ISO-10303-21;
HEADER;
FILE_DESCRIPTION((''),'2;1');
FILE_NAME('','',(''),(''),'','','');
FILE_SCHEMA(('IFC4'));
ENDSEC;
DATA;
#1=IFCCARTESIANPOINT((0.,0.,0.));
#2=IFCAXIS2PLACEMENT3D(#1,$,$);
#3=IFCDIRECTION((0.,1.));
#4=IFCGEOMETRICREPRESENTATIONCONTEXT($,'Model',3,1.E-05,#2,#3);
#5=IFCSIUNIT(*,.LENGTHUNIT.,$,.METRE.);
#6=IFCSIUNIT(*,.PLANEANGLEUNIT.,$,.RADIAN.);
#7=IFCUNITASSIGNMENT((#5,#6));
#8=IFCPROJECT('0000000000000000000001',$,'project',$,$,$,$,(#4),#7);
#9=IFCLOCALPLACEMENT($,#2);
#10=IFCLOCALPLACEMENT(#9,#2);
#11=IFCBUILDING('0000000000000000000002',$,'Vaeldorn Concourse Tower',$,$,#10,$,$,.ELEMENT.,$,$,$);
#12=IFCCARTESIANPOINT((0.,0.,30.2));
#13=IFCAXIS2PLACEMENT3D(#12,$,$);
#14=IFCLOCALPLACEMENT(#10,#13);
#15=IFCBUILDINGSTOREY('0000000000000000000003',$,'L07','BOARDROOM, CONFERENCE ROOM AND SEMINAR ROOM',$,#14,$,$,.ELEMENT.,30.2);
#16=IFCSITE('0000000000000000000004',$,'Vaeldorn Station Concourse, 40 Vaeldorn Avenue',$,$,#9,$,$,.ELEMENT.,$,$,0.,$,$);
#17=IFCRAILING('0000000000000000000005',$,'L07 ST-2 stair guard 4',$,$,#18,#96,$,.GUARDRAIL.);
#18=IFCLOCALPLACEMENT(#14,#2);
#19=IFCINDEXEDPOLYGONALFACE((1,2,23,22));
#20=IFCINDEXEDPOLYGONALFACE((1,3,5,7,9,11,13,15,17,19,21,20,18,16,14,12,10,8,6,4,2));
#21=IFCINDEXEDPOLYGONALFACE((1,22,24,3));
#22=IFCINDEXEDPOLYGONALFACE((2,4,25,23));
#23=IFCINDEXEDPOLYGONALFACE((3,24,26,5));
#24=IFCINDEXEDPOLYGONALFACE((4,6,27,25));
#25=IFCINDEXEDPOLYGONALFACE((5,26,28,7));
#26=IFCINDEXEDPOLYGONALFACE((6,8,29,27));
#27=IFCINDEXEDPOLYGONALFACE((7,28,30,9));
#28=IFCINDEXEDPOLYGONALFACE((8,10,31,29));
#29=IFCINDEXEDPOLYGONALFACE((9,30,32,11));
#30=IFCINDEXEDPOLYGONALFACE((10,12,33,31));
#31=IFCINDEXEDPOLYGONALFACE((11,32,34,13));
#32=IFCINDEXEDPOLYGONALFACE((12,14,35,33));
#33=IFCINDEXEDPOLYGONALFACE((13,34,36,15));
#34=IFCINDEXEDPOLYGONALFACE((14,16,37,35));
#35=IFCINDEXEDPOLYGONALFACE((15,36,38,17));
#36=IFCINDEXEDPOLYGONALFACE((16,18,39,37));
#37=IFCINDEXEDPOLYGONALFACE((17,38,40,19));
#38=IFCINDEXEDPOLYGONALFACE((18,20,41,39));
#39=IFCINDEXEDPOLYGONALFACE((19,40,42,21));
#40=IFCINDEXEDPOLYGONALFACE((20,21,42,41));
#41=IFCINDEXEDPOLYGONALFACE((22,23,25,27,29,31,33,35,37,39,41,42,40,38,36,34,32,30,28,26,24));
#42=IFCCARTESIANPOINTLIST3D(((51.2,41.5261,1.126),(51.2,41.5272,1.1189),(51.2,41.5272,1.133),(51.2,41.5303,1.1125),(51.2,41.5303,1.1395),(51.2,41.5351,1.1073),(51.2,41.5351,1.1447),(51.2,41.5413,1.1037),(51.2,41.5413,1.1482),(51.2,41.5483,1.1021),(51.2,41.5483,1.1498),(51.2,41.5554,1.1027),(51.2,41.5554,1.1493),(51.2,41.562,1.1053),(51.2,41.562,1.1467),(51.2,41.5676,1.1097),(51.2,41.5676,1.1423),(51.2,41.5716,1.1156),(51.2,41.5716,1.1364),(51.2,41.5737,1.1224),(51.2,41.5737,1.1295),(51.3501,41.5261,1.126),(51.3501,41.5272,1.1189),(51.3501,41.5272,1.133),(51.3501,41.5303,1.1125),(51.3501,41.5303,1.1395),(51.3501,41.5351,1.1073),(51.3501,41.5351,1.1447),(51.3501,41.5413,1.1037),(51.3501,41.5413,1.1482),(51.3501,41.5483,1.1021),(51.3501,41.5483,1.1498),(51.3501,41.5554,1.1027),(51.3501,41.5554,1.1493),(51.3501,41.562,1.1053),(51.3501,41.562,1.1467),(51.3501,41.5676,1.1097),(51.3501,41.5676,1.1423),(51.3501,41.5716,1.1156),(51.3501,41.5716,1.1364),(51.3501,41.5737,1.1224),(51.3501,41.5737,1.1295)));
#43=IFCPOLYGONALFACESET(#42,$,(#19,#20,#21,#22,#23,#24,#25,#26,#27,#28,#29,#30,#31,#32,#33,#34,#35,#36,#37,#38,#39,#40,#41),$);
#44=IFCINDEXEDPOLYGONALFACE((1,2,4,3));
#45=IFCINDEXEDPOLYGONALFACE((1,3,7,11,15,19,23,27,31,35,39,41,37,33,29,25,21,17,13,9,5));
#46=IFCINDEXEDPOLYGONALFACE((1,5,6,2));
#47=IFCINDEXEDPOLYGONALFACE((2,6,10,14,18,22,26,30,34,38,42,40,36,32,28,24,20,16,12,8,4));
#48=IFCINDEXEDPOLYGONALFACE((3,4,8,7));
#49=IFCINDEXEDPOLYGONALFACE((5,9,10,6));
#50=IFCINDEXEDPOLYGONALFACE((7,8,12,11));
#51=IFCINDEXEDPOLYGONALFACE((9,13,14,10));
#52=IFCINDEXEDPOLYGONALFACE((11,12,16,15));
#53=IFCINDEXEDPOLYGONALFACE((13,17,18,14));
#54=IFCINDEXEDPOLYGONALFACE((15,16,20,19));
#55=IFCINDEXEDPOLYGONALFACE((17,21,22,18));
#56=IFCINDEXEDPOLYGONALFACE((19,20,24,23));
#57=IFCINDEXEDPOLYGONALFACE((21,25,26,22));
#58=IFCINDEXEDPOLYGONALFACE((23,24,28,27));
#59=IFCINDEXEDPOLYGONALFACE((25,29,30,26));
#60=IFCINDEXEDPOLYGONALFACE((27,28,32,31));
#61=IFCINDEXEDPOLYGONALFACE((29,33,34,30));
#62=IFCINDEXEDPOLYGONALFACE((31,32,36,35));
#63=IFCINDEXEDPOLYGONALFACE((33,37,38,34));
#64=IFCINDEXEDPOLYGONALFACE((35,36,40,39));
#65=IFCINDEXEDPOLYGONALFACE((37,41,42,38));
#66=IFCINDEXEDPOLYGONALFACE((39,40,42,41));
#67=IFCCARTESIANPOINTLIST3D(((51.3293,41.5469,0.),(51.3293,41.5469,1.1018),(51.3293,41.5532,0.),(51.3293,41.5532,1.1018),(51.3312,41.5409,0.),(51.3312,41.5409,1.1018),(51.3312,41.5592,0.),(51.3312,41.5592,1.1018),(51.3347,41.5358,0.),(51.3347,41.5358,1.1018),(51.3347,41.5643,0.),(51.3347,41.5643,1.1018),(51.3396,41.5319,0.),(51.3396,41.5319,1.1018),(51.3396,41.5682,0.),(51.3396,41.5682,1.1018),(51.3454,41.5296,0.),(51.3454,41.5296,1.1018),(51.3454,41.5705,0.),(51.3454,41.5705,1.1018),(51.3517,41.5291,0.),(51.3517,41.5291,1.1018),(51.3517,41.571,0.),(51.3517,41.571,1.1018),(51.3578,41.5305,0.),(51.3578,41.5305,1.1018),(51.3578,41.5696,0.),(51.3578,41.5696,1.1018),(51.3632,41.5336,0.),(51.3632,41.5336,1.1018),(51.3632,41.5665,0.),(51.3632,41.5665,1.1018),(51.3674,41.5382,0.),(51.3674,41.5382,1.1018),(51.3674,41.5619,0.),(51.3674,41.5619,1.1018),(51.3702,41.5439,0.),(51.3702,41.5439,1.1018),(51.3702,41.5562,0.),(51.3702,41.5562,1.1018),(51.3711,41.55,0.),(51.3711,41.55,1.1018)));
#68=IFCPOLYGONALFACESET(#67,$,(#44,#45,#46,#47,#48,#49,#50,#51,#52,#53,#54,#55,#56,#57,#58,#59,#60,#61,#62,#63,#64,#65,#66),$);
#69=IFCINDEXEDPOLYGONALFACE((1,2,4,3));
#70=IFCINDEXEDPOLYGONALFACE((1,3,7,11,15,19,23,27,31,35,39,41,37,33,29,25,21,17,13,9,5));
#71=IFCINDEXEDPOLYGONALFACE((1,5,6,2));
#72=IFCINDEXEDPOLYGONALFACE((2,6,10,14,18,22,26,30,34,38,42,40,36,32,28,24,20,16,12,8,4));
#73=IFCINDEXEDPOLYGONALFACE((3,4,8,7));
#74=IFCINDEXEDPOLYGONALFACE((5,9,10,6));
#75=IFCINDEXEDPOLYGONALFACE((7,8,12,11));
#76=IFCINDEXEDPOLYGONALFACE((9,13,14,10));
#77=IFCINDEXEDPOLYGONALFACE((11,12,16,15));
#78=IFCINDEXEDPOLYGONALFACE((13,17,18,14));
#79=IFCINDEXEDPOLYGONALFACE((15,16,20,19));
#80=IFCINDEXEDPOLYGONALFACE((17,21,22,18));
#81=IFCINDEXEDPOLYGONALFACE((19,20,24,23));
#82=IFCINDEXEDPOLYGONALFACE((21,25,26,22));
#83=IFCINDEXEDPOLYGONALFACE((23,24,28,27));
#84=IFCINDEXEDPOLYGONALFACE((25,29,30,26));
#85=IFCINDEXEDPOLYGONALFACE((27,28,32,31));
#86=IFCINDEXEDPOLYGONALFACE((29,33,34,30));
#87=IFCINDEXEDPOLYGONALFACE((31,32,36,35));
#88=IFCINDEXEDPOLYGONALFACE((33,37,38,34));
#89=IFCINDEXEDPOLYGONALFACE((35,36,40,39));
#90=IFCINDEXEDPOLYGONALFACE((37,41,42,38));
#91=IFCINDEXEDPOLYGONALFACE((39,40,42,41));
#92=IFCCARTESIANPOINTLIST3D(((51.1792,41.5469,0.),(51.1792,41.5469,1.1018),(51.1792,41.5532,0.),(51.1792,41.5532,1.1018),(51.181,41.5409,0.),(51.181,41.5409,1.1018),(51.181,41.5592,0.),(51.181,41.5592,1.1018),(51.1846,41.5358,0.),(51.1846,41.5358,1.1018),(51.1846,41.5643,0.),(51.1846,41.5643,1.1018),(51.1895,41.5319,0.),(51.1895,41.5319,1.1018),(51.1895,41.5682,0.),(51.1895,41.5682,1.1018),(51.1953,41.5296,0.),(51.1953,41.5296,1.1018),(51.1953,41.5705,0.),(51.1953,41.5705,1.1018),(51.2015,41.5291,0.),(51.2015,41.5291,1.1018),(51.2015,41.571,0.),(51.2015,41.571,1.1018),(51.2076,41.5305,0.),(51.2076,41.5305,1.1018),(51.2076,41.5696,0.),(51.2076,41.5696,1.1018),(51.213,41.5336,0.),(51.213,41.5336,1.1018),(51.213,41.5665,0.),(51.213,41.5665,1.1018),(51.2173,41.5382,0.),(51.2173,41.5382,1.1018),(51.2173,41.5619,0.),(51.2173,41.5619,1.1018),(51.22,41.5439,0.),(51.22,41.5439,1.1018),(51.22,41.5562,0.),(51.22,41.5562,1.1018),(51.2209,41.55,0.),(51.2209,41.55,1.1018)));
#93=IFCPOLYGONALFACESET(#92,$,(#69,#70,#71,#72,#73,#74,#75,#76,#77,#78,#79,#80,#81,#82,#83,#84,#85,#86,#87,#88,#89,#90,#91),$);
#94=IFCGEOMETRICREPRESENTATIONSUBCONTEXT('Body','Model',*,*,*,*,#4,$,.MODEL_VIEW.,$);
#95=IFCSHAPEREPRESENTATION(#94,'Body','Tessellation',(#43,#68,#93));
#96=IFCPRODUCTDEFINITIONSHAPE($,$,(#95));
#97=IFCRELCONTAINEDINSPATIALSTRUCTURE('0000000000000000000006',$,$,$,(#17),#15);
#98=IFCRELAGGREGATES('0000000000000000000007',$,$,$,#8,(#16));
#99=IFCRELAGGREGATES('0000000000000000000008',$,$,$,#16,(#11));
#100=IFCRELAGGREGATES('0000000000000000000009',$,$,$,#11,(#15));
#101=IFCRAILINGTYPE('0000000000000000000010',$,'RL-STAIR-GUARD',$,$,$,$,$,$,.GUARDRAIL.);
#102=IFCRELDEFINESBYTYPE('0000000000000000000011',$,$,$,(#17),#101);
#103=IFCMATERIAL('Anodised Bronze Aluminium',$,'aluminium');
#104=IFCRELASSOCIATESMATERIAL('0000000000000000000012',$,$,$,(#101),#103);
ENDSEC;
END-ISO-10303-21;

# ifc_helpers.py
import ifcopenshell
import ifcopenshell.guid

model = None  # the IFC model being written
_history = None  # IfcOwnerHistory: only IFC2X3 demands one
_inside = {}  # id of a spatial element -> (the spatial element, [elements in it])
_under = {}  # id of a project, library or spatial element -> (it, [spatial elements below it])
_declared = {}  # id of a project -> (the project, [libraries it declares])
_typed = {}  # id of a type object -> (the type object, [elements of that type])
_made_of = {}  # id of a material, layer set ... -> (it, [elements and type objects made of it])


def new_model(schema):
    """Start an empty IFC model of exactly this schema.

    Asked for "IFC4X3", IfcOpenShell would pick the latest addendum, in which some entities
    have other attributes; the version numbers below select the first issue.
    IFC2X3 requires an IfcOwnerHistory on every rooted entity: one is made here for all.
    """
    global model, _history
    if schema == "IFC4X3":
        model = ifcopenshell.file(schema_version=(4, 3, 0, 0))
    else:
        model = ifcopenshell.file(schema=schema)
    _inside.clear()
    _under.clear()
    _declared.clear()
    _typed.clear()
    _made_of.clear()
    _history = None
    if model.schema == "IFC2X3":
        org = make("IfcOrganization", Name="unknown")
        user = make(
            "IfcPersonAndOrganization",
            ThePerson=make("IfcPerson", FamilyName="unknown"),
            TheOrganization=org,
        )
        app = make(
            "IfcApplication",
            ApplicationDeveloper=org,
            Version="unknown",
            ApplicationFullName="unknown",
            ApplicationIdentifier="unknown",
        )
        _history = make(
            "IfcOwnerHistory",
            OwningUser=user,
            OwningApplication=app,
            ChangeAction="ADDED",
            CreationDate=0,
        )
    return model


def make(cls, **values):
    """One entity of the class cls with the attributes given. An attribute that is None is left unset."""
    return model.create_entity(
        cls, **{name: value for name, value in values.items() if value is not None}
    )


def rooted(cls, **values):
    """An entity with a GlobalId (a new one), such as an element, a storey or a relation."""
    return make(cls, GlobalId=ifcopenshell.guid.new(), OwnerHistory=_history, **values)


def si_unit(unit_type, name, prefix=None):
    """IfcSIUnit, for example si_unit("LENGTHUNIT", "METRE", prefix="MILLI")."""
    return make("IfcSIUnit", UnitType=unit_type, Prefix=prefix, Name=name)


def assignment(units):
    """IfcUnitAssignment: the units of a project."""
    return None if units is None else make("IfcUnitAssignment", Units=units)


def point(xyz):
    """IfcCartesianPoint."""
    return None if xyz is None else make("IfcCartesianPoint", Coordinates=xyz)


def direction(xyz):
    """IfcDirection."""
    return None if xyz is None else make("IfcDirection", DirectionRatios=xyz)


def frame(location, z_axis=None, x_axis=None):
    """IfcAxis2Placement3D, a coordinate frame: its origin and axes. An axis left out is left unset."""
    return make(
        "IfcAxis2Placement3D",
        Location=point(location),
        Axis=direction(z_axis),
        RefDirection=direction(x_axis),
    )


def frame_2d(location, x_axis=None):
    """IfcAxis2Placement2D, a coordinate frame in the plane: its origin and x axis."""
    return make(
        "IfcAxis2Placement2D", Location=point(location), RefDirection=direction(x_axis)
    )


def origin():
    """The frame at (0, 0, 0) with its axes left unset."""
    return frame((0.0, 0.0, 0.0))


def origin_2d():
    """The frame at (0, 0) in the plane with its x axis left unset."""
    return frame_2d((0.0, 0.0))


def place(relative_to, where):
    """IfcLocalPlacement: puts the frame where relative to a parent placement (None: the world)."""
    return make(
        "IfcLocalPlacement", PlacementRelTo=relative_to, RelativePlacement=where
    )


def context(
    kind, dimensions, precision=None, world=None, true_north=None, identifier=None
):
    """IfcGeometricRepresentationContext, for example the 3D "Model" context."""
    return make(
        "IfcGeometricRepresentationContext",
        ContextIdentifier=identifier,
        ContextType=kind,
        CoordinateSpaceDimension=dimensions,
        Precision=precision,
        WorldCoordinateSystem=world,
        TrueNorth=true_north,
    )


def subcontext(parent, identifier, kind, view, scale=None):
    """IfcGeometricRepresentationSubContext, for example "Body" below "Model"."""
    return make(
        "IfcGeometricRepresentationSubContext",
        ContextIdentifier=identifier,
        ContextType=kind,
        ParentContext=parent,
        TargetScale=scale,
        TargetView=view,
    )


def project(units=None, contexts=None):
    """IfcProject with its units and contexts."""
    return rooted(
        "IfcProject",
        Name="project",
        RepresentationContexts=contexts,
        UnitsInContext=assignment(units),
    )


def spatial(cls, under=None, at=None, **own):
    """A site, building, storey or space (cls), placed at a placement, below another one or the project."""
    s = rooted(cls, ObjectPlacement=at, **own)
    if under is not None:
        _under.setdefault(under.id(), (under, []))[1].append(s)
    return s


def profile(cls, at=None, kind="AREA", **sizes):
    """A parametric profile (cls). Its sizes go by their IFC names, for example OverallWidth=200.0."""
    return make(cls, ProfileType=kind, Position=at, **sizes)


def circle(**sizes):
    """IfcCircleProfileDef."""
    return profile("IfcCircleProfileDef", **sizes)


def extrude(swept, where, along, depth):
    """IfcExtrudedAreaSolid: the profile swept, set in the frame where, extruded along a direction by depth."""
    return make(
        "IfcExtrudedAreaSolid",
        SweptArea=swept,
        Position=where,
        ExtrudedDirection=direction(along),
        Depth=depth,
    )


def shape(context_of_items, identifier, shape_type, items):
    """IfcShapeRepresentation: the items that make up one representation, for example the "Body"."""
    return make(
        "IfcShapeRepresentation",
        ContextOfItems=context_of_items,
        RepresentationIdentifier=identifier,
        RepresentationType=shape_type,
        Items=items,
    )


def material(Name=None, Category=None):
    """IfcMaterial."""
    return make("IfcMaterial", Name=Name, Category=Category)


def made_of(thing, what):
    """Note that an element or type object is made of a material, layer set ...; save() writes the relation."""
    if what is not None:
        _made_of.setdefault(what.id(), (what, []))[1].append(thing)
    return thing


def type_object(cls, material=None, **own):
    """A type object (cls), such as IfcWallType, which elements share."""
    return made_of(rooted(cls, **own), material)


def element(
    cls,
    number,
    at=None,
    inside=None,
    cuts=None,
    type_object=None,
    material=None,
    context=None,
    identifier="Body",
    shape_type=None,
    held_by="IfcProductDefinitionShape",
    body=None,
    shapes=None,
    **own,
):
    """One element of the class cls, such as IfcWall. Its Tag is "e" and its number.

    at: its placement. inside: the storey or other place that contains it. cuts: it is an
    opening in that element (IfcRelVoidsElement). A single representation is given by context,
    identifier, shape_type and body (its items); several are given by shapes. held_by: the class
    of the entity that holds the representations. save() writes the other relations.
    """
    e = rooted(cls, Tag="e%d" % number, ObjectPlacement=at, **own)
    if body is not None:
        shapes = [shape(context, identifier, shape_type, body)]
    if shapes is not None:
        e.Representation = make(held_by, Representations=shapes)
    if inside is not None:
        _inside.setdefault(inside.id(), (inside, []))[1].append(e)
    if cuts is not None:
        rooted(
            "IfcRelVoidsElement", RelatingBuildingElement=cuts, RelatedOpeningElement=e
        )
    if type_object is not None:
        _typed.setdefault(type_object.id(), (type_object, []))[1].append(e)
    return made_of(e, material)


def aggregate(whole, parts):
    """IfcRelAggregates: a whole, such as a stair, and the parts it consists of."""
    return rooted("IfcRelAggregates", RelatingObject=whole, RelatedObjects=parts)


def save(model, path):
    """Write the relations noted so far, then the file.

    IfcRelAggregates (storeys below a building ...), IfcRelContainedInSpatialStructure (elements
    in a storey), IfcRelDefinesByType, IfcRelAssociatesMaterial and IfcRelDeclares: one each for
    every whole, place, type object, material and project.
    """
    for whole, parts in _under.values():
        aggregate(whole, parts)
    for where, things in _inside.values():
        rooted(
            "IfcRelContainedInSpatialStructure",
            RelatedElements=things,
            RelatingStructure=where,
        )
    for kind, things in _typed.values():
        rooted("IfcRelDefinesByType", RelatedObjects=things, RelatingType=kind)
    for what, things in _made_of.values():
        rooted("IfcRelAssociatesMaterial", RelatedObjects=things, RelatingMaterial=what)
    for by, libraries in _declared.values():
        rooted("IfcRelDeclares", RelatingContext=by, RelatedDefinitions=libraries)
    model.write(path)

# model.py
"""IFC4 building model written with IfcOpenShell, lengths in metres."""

from ifc_helpers import new_model, si_unit, direction, frame, origin, origin_2d, place, context, subcontext, project, spatial, circle, extrude, material, type_object, element, save


model = new_model("IFC4")

# Units and contexts
model_context = context("Model", 3, precision=1e-05, world=origin(), true_north=direction((0.0, 1.0)))
body_context = subcontext(model_context, "Body", "Model", "MODEL_VIEW")
ifc_project = project(units=[si_unit("LENGTHUNIT", "METRE"), si_unit("PLANEANGLEUNIT", "RADIAN")], contexts=[model_context])

# Site, building, storey
site_placement = place(None, origin())
site = spatial("IfcSite", under=ifc_project, at=site_placement, Name="Vaeldorn Station Concourse, 40 Vaeldorn Avenue", CompositionType="ELEMENT", RefElevation=0.0)
building_placement = place(site_placement, origin())
building = spatial("IfcBuilding", under=site, at=building_placement, Name="Vaeldorn Concourse Tower", CompositionType="ELEMENT")
storey_placement = place(building_placement, frame((0.0, 0.0, 30.2)))
storey = spatial("IfcBuildingStorey", under=building, at=storey_placement, Name="L07", Description="BOARDROOM, CONFERENCE ROOM AND SEMINAR ROOM", CompositionType="ELEMENT", Elevation=30.2)

# Shared definitions
ifc_material_1 = material(Name="Anodised Bronze Aluminium", Category="aluminium")

# Railing
railing_type_1 = type_object("IfcRailingType", Name="RL-STAIR-GUARD", PredefinedType="GUARDRAIL", material=ifc_material_1)
railing_1_placement = place(storey_placement, frame((51.3501, 41.55, 0.0)))
element("IfcRailing", 1, at=railing_1_placement, inside=storey, type_object=railing_type_1, Name="L07 ST-2 stair guard 4", PredefinedType="GUARDRAIL", context=body_context, shape_type="SweptSolid", body=[
    extrude(circle(Radius=0.0239, at=origin_2d()), frame((0.0, 0.0, 1.126), z_axis=(-1.0, 0.0, 0.0), x_axis=(0.0, -1.0, 0.0)), (0.0, 0.0, 1.0), 0.1501),
    extrude(circle(Radius=0.021, at=origin_2d()), origin(), (0.0, 0.0, 1.0), 1.1018),
    extrude(circle(Radius=0.021, at=origin_2d()), frame((-0.1501, 0.0, 0.0)), (0.0, 0.0, 1.0), 1.1018),
])

save(model, "model.ifc")
